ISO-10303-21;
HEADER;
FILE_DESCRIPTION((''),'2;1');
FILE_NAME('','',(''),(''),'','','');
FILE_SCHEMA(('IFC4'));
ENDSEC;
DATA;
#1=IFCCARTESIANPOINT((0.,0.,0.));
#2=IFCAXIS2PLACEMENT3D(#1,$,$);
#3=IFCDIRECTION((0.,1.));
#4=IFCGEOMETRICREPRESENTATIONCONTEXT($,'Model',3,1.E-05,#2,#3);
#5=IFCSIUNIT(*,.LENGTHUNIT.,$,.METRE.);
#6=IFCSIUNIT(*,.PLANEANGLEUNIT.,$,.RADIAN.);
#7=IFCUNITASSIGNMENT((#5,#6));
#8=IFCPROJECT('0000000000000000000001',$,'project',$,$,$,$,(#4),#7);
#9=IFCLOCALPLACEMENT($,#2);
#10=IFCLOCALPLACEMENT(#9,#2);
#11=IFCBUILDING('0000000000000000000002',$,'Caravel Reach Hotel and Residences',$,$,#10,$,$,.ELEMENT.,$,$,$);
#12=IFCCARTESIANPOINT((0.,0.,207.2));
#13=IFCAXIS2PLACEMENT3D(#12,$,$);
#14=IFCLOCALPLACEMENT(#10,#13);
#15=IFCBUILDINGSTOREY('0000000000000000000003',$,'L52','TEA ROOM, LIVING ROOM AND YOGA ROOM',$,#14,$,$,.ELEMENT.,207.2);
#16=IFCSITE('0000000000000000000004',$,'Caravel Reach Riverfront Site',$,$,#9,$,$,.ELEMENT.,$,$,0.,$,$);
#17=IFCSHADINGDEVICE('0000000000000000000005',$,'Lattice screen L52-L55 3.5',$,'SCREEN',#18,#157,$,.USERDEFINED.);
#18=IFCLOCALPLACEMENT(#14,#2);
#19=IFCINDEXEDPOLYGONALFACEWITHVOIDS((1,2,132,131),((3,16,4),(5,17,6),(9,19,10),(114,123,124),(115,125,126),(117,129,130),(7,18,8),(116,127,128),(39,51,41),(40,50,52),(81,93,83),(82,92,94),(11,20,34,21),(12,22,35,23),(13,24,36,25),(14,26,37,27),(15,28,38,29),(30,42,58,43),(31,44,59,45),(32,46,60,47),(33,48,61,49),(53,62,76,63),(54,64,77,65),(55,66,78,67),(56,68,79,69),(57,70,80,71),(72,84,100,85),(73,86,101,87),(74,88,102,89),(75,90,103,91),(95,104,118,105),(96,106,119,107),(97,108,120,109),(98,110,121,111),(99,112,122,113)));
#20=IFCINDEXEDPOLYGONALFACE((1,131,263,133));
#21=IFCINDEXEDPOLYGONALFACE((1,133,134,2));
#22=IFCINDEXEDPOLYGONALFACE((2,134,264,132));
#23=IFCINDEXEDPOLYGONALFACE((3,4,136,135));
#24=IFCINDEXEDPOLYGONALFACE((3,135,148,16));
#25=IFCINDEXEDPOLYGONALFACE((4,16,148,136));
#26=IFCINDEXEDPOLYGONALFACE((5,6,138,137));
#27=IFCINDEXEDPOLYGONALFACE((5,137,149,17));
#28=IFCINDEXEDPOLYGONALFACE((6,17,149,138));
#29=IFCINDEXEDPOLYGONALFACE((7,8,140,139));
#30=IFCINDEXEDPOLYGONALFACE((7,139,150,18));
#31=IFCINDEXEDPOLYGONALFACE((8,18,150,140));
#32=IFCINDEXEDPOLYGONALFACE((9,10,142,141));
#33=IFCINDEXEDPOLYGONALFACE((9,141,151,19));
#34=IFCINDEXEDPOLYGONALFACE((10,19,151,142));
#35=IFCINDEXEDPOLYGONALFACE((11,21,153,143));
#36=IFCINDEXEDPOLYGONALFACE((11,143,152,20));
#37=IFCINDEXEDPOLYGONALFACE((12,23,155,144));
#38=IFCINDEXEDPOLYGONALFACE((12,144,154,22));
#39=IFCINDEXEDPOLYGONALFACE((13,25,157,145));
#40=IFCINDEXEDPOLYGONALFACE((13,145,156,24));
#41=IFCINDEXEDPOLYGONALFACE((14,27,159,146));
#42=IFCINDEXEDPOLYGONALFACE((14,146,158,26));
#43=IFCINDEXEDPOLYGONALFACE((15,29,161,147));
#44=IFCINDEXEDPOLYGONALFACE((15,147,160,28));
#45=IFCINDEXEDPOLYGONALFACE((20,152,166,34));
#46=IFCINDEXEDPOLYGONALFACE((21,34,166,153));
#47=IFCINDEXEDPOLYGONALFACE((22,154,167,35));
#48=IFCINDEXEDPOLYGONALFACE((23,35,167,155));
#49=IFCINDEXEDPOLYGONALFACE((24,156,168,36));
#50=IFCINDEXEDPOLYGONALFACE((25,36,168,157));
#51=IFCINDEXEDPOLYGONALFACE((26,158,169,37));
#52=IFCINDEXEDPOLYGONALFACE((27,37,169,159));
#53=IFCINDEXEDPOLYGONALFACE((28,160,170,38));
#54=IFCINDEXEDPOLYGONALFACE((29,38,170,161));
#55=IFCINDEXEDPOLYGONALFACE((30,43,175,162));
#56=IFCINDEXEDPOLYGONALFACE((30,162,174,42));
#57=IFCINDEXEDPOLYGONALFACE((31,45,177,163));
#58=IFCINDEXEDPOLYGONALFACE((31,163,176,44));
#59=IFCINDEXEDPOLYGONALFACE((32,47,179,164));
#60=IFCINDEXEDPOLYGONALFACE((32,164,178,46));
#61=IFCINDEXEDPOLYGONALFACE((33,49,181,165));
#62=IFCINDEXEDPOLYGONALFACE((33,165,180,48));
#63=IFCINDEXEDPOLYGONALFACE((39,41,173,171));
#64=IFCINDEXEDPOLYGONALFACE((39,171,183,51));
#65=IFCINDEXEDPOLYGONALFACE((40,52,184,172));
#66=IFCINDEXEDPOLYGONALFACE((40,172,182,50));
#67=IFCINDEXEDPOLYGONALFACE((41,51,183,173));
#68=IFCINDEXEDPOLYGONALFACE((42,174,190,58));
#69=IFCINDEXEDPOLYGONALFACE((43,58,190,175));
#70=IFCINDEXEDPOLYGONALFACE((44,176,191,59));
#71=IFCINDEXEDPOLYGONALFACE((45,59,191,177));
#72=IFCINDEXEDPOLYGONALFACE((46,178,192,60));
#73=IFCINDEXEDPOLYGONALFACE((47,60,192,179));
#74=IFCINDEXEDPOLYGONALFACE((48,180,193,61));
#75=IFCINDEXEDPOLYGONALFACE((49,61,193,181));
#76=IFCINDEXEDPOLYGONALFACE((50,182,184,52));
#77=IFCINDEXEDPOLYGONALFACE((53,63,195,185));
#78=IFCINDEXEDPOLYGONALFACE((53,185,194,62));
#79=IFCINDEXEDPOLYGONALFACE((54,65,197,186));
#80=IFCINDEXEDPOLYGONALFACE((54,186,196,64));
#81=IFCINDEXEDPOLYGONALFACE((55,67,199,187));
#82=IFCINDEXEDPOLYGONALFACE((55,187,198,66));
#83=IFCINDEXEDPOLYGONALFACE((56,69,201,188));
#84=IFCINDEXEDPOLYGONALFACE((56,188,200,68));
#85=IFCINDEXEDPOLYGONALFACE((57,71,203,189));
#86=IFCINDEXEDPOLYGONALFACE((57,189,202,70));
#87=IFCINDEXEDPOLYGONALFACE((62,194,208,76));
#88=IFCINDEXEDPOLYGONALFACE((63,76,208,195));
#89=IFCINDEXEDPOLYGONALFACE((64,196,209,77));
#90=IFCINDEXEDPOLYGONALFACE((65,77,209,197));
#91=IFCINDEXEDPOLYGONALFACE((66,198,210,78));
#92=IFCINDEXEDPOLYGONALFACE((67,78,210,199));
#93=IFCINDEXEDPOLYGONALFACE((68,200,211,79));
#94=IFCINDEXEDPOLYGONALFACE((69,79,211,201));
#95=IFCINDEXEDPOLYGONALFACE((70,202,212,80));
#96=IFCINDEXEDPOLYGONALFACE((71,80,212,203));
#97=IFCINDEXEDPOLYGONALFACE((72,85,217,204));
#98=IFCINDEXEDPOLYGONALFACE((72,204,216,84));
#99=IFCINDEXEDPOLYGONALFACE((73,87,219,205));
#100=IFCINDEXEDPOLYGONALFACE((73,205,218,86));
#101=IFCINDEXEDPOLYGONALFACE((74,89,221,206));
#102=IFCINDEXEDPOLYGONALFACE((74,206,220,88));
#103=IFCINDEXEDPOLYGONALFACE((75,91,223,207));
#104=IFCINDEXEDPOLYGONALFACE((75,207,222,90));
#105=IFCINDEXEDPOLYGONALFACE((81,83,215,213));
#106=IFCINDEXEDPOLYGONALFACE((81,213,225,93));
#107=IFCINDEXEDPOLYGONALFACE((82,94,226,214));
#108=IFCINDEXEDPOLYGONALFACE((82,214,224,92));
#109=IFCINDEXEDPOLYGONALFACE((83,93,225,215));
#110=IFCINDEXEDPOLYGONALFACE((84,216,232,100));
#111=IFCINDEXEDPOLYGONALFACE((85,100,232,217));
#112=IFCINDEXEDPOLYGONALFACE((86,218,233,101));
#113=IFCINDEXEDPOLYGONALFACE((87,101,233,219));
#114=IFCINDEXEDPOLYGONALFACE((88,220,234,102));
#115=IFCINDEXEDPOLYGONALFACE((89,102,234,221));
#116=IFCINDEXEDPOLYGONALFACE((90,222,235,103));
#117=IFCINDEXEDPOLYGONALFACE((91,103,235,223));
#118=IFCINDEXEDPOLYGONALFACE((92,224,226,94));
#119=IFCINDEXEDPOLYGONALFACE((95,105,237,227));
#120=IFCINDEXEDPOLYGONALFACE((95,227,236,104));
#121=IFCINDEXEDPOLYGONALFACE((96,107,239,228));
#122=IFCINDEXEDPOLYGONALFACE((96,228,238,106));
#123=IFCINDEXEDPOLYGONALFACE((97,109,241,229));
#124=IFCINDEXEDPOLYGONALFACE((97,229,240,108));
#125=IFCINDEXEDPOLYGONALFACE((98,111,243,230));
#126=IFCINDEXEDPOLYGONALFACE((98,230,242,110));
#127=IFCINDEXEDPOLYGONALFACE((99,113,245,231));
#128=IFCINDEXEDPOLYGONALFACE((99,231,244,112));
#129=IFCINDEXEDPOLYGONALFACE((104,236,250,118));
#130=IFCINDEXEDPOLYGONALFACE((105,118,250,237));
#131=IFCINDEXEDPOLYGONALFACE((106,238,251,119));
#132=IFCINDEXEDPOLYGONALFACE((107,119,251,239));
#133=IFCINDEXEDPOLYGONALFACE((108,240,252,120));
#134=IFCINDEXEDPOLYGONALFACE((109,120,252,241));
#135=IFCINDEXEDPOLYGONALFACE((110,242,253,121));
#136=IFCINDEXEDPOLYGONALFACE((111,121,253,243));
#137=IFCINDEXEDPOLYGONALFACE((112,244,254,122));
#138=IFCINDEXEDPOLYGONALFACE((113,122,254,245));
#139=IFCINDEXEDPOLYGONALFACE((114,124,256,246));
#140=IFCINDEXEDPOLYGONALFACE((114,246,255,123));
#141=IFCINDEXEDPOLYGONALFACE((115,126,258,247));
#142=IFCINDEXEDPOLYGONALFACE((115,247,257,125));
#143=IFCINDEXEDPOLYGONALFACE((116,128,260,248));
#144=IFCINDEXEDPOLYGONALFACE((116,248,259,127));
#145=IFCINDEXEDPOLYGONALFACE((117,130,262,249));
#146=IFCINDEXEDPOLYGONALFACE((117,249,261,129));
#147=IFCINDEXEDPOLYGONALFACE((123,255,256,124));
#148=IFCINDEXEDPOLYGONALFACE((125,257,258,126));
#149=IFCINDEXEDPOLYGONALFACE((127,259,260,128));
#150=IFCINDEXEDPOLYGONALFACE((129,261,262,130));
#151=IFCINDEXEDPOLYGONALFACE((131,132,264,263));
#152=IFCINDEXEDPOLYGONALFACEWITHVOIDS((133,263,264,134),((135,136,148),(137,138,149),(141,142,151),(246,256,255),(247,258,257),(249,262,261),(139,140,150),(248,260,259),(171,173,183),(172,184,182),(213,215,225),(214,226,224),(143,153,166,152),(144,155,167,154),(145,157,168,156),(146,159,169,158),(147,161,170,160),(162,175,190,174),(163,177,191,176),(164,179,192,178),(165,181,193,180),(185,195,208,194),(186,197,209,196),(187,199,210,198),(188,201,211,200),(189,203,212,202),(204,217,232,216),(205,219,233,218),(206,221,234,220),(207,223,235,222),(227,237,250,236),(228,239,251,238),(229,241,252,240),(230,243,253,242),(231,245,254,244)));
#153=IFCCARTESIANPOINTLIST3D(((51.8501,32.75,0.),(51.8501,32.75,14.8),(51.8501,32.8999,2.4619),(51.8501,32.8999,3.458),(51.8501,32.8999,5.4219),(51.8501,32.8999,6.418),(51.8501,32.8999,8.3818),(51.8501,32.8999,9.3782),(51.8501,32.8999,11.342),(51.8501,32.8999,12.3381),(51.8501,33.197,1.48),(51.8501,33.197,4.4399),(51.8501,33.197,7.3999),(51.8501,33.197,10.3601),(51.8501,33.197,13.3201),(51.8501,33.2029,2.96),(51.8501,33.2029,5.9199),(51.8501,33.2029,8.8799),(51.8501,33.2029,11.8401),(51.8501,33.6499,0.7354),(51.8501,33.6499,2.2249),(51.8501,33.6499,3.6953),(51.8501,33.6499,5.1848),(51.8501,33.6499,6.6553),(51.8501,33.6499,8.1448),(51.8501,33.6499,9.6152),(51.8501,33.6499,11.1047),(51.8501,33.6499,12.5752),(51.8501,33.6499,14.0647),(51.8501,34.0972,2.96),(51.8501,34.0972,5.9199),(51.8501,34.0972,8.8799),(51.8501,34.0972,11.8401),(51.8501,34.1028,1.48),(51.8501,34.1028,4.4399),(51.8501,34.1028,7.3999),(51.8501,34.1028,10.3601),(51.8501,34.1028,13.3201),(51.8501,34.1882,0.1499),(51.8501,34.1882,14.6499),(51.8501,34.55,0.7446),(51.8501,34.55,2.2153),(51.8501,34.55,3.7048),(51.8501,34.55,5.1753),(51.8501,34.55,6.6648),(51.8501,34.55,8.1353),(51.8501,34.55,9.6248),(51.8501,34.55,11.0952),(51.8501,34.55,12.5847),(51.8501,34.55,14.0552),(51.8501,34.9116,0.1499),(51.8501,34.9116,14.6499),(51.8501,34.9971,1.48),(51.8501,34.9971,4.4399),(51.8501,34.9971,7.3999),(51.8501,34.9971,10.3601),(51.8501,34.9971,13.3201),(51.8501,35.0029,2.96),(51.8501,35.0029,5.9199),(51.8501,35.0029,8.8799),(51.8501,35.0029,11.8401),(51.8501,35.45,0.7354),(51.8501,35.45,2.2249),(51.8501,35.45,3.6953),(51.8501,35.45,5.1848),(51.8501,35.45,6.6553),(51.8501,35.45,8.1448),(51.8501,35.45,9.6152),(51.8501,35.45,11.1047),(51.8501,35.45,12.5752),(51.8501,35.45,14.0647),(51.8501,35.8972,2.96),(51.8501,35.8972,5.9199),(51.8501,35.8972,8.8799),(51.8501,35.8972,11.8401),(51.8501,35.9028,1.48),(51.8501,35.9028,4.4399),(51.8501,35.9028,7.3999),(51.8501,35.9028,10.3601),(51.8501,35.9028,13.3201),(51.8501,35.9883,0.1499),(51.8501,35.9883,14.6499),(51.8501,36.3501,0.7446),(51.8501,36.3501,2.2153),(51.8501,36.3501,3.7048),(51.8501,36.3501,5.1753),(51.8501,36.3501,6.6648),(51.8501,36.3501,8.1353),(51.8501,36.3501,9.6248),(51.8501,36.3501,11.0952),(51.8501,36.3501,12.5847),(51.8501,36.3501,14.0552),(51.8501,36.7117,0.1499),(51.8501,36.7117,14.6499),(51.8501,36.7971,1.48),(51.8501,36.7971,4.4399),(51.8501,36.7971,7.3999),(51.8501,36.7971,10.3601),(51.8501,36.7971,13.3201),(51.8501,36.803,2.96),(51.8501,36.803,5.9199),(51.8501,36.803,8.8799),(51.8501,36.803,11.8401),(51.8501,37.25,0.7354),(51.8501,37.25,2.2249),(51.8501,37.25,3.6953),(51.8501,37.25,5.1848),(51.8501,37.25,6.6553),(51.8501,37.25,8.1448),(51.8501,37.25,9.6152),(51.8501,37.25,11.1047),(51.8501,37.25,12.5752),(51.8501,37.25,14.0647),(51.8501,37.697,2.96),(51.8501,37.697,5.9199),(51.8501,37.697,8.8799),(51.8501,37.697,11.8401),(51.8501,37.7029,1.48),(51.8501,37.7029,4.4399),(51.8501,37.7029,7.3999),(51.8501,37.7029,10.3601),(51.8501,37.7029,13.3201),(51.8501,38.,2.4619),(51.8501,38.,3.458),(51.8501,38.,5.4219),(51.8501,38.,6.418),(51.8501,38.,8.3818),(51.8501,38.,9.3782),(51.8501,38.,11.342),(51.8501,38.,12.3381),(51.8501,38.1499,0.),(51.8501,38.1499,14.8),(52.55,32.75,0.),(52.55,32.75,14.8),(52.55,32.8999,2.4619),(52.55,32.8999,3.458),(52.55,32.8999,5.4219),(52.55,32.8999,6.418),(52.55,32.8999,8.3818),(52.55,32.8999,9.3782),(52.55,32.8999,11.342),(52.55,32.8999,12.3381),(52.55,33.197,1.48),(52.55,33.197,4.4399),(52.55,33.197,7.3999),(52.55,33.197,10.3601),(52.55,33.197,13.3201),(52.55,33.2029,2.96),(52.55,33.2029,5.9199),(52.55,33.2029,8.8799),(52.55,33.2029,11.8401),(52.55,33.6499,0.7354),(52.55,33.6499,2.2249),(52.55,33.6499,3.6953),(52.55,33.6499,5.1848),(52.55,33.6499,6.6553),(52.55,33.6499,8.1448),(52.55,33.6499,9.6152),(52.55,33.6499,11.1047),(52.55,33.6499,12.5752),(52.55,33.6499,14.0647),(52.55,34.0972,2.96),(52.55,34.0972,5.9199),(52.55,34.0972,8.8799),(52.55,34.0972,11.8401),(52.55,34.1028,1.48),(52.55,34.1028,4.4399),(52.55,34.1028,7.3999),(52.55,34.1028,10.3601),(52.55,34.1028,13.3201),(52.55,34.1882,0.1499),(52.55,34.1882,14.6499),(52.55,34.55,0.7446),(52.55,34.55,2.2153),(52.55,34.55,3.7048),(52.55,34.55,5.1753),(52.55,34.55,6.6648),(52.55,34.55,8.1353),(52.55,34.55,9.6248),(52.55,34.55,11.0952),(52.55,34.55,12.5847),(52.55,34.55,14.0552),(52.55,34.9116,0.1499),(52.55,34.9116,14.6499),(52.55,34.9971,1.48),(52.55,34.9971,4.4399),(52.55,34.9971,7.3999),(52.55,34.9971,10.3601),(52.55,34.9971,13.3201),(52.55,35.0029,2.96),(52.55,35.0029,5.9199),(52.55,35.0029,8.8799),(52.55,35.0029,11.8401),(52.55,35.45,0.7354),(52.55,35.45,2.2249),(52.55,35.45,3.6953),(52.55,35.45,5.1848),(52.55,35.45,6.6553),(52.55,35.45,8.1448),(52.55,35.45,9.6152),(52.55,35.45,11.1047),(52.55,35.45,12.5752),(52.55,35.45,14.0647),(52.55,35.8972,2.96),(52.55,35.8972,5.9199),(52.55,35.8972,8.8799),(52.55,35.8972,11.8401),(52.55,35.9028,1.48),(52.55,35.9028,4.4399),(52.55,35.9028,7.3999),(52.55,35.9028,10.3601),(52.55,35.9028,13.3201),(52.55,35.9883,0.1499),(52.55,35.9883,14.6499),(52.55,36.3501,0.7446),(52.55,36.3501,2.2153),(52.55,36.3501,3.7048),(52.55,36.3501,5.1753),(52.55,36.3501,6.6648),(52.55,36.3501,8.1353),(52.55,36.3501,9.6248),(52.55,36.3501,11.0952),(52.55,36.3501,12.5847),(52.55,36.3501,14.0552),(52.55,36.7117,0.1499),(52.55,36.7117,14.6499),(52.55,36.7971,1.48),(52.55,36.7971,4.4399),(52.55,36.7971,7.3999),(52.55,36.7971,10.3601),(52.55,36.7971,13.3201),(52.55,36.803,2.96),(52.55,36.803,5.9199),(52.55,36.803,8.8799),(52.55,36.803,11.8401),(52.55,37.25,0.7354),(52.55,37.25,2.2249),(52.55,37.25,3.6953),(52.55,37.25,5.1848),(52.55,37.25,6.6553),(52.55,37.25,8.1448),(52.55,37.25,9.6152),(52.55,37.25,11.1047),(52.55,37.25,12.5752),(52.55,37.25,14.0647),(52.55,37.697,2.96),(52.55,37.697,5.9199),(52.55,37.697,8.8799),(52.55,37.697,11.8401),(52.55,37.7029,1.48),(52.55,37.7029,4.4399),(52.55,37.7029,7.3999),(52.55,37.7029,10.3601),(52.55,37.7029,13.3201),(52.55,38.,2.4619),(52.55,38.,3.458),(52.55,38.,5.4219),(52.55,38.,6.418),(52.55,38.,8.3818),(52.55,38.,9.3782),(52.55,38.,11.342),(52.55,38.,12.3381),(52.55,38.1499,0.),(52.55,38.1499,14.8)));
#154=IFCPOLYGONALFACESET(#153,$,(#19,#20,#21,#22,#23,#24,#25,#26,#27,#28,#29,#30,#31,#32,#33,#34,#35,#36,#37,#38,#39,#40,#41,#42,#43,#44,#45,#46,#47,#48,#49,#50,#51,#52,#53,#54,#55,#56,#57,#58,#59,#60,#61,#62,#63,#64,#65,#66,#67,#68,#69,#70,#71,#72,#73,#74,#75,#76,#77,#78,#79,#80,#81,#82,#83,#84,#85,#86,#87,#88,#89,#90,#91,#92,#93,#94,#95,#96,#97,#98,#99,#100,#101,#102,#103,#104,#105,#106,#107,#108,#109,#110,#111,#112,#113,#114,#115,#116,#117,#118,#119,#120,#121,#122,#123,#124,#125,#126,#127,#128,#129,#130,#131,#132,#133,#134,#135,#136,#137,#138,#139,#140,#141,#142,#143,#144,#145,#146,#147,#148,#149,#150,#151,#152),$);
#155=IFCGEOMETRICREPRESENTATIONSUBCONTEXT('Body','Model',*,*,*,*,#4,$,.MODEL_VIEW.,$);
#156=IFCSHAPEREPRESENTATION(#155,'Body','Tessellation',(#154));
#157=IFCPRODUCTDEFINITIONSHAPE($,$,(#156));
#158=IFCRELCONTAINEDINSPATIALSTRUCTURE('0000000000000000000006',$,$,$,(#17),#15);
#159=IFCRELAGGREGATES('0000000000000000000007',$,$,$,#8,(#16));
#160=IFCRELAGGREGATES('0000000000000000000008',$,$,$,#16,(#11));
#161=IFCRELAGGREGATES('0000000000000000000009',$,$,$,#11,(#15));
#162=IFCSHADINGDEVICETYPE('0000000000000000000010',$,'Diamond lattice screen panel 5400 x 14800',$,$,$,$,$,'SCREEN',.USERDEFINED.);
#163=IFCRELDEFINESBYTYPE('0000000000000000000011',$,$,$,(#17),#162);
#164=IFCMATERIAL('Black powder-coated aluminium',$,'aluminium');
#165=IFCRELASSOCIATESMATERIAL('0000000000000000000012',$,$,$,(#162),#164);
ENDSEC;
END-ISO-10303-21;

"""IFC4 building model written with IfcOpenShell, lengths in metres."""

from ifc_helpers import new_model, si_unit, direction, frame, origin, place, context, subcontext, project, spatial, polyline, outline, extrude, material, type_object, element, save


model = new_model("IFC4")

# Units and contexts
model_context = context("Model", 3, precision=1e-05, world=origin(), true_north=direction((0.0, 1.0)))
body_context = subcontext(model_context, "Body", "Model", "MODEL_VIEW")
ifc_project = project(units=[si_unit("LENGTHUNIT", "METRE"), si_unit("PLANEANGLEUNIT", "RADIAN")], contexts=[model_context])

# Site, building, storey
site_placement = place(None, origin())
site = spatial("IfcSite", under=ifc_project, at=site_placement, Name="Caravel Reach Riverfront Site", CompositionType="ELEMENT", RefElevation=0.0)
building_placement = place(site_placement, origin())
building = spatial("IfcBuilding", under=site, at=building_placement, Name="Caravel Reach Hotel and Residences", CompositionType="ELEMENT")
storey_placement = place(building_placement, frame((0.0, 0.0, 207.2)))
storey = spatial("IfcBuildingStorey", under=building, at=storey_placement, Name="L52", Description="TEA ROOM, LIVING ROOM AND YOGA ROOM", CompositionType="ELEMENT", Elevation=207.2)

# Shading device
ifc_material_1 = material(Name="Black powder-coated aluminium", Category="aluminium")
shading_device_type = type_object("IfcShadingDeviceType", Name="Diamond lattice screen panel 5400 x 14800", ElementType="SCREEN", PredefinedType="USERDEFINED", material=ifc_material_1)
shading_device_1_placement = place(storey_placement, frame((51.8501, 32.75, 0.0), z_axis=(1.0, 0.0, 0.0), x_axis=(0.0, 1.0, 0.0)))
element("IfcShadingDevice", 1, at=shading_device_1_placement, inside=storey, type_object=shading_device_type, Name="Lattice screen L52-L55 3.5", ObjectType="SCREEN", PredefinedType="USERDEFINED", context=body_context, shape_type="SweptSolid", body=[
    extrude(outline(polyline([(0.0, 0.0), (5.3999, 0.0), (5.3999, 14.8), (0.0, 14.8), (0.0, 0.0)]), holes=[polyline([(0.4529, 2.96), (0.1499, 3.458), (0.1499, 2.4619), (0.4529, 2.96)]), polyline([(0.4529, 5.9199), (0.1499, 6.418), (0.1499, 5.4219), (0.4529, 5.9199)]), polyline([(0.4529, 8.8799), (0.1499, 9.3782), (0.1499, 8.3818), (0.4529, 8.8799)]), polyline([(0.4529, 11.8401), (0.1499, 12.3381), (0.1499, 11.342), (0.4529, 11.8401)]), polyline([(0.8999, 2.2249), (0.447, 1.48), (0.8999, 0.7354), (1.3528, 1.48), (0.8999, 2.2249)]), polyline([(0.8999, 5.1848), (0.447, 4.4399), (0.8999, 3.6953), (1.3528, 4.4399), (0.8999, 5.1848)]), polyline([(0.8999, 8.1448), (0.447, 7.3999), (0.8999, 6.6553), (1.3528, 7.3999), (0.8999, 8.1448)]), polyline([(0.8999, 11.1047), (0.447, 10.3601), (0.8999, 9.6152), (1.3528, 10.3601), (0.8999, 11.1047)]), polyline([(0.8999, 14.0647), (0.447, 13.3201), (0.8999, 12.5752), (1.3528, 13.3201), (0.8999, 14.0647)]), polyline([(1.8, 0.7446), (1.4382, 0.1499), (2.1616, 0.1499), (1.8, 0.7446)]), polyline([(1.8, 3.7048), (1.3472, 2.96), (1.8, 2.2153), (2.2529, 2.96), (1.8, 3.7048)]), polyline([(1.8, 6.6648), (1.3472, 5.9199), (1.8, 5.1753), (2.2529, 5.9199), (1.8, 6.6648)]), polyline([(1.8, 9.6248), (1.3472, 8.8799), (1.8, 8.1353), (2.2529, 8.8799), (1.8, 9.6248)]), polyline([(1.8, 12.5847), (1.3472, 11.8401), (1.8, 11.0952), (2.2529, 11.8401), (1.8, 12.5847)]), polyline([(1.8, 14.0552), (2.1616, 14.6499), (1.4382, 14.6499), (1.8, 14.0552)]), polyline([(2.7, 2.2249), (2.2471, 1.48), (2.7, 0.7354), (3.1528, 1.48), (2.7, 2.2249)]), polyline([(2.7, 5.1848), (2.2471, 4.4399), (2.7, 3.6953), (3.1528, 4.4399), (2.7, 5.1848)]), polyline([(2.7, 8.1448), (2.2471, 7.3999), (2.7, 6.6553), (3.1528, 7.3999), (2.7, 8.1448)]), polyline([(2.7, 11.1047), (2.2471, 10.3601), (2.7, 9.6152), (3.1528, 10.3601), (2.7, 11.1047)]), polyline([(2.7, 14.0647), (2.2471, 13.3201), (2.7, 12.5752), (3.1528, 13.3201), (2.7, 14.0647)]), polyline([(3.6001, 0.7446), (3.2383, 0.1499), (3.9617, 0.1499), (3.6001, 0.7446)]), polyline([(3.6001, 3.7048), (3.1472, 2.96), (3.6001, 2.2153), (4.053, 2.96), (3.6001, 3.7048)]), polyline([(3.6001, 6.6648), (3.1472, 5.9199), (3.6001, 5.1753), (4.053, 5.9199), (3.6001, 6.6648)]), polyline([(3.6001, 9.6248), (3.1472, 8.8799), (3.6001, 8.1353), (4.053, 8.8799), (3.6001, 9.6248)]), polyline([(3.6001, 12.5847), (3.1472, 11.8401), (3.6001, 11.0952), (4.053, 11.8401), (3.6001, 12.5847)]), polyline([(3.6001, 14.0552), (3.9617, 14.6499), (3.2383, 14.6499), (3.6001, 14.0552)]), polyline([(4.5, 2.2249), (4.0471, 1.48), (4.5, 0.7354), (4.9529, 1.48), (4.5, 2.2249)]), polyline([(4.5, 5.1848), (4.0471, 4.4399), (4.5, 3.6953), (4.9529, 4.4399), (4.5, 5.1848)]), polyline([(4.5, 8.1448), (4.0471, 7.3999), (4.5, 6.6553), (4.9529, 7.3999), (4.5, 8.1448)]), polyline([(4.5, 11.1047), (4.0471, 10.3601), (4.5, 9.6152), (4.9529, 10.3601), (4.5, 11.1047)]), polyline([(4.5, 14.0647), (4.0471, 13.3201), (4.5, 12.5752), (4.9529, 13.3201), (4.5, 14.0647)]), polyline([(4.947, 2.96), (5.25, 2.4619), (5.25, 3.458), (4.947, 2.96)]), polyline([(4.947, 5.9199), (5.25, 5.4219), (5.25, 6.418), (4.947, 5.9199)]), polyline([(4.947, 8.8799), (5.25, 8.3818), (5.25, 9.3782), (4.947, 8.8799)]), polyline([(4.947, 11.8401), (5.25, 11.342), (5.25, 12.3381), (4.947, 11.8401)])]), origin(), (0.0, 0.0, 1.0), 0.7),
])

save(model, "model.ifc")
